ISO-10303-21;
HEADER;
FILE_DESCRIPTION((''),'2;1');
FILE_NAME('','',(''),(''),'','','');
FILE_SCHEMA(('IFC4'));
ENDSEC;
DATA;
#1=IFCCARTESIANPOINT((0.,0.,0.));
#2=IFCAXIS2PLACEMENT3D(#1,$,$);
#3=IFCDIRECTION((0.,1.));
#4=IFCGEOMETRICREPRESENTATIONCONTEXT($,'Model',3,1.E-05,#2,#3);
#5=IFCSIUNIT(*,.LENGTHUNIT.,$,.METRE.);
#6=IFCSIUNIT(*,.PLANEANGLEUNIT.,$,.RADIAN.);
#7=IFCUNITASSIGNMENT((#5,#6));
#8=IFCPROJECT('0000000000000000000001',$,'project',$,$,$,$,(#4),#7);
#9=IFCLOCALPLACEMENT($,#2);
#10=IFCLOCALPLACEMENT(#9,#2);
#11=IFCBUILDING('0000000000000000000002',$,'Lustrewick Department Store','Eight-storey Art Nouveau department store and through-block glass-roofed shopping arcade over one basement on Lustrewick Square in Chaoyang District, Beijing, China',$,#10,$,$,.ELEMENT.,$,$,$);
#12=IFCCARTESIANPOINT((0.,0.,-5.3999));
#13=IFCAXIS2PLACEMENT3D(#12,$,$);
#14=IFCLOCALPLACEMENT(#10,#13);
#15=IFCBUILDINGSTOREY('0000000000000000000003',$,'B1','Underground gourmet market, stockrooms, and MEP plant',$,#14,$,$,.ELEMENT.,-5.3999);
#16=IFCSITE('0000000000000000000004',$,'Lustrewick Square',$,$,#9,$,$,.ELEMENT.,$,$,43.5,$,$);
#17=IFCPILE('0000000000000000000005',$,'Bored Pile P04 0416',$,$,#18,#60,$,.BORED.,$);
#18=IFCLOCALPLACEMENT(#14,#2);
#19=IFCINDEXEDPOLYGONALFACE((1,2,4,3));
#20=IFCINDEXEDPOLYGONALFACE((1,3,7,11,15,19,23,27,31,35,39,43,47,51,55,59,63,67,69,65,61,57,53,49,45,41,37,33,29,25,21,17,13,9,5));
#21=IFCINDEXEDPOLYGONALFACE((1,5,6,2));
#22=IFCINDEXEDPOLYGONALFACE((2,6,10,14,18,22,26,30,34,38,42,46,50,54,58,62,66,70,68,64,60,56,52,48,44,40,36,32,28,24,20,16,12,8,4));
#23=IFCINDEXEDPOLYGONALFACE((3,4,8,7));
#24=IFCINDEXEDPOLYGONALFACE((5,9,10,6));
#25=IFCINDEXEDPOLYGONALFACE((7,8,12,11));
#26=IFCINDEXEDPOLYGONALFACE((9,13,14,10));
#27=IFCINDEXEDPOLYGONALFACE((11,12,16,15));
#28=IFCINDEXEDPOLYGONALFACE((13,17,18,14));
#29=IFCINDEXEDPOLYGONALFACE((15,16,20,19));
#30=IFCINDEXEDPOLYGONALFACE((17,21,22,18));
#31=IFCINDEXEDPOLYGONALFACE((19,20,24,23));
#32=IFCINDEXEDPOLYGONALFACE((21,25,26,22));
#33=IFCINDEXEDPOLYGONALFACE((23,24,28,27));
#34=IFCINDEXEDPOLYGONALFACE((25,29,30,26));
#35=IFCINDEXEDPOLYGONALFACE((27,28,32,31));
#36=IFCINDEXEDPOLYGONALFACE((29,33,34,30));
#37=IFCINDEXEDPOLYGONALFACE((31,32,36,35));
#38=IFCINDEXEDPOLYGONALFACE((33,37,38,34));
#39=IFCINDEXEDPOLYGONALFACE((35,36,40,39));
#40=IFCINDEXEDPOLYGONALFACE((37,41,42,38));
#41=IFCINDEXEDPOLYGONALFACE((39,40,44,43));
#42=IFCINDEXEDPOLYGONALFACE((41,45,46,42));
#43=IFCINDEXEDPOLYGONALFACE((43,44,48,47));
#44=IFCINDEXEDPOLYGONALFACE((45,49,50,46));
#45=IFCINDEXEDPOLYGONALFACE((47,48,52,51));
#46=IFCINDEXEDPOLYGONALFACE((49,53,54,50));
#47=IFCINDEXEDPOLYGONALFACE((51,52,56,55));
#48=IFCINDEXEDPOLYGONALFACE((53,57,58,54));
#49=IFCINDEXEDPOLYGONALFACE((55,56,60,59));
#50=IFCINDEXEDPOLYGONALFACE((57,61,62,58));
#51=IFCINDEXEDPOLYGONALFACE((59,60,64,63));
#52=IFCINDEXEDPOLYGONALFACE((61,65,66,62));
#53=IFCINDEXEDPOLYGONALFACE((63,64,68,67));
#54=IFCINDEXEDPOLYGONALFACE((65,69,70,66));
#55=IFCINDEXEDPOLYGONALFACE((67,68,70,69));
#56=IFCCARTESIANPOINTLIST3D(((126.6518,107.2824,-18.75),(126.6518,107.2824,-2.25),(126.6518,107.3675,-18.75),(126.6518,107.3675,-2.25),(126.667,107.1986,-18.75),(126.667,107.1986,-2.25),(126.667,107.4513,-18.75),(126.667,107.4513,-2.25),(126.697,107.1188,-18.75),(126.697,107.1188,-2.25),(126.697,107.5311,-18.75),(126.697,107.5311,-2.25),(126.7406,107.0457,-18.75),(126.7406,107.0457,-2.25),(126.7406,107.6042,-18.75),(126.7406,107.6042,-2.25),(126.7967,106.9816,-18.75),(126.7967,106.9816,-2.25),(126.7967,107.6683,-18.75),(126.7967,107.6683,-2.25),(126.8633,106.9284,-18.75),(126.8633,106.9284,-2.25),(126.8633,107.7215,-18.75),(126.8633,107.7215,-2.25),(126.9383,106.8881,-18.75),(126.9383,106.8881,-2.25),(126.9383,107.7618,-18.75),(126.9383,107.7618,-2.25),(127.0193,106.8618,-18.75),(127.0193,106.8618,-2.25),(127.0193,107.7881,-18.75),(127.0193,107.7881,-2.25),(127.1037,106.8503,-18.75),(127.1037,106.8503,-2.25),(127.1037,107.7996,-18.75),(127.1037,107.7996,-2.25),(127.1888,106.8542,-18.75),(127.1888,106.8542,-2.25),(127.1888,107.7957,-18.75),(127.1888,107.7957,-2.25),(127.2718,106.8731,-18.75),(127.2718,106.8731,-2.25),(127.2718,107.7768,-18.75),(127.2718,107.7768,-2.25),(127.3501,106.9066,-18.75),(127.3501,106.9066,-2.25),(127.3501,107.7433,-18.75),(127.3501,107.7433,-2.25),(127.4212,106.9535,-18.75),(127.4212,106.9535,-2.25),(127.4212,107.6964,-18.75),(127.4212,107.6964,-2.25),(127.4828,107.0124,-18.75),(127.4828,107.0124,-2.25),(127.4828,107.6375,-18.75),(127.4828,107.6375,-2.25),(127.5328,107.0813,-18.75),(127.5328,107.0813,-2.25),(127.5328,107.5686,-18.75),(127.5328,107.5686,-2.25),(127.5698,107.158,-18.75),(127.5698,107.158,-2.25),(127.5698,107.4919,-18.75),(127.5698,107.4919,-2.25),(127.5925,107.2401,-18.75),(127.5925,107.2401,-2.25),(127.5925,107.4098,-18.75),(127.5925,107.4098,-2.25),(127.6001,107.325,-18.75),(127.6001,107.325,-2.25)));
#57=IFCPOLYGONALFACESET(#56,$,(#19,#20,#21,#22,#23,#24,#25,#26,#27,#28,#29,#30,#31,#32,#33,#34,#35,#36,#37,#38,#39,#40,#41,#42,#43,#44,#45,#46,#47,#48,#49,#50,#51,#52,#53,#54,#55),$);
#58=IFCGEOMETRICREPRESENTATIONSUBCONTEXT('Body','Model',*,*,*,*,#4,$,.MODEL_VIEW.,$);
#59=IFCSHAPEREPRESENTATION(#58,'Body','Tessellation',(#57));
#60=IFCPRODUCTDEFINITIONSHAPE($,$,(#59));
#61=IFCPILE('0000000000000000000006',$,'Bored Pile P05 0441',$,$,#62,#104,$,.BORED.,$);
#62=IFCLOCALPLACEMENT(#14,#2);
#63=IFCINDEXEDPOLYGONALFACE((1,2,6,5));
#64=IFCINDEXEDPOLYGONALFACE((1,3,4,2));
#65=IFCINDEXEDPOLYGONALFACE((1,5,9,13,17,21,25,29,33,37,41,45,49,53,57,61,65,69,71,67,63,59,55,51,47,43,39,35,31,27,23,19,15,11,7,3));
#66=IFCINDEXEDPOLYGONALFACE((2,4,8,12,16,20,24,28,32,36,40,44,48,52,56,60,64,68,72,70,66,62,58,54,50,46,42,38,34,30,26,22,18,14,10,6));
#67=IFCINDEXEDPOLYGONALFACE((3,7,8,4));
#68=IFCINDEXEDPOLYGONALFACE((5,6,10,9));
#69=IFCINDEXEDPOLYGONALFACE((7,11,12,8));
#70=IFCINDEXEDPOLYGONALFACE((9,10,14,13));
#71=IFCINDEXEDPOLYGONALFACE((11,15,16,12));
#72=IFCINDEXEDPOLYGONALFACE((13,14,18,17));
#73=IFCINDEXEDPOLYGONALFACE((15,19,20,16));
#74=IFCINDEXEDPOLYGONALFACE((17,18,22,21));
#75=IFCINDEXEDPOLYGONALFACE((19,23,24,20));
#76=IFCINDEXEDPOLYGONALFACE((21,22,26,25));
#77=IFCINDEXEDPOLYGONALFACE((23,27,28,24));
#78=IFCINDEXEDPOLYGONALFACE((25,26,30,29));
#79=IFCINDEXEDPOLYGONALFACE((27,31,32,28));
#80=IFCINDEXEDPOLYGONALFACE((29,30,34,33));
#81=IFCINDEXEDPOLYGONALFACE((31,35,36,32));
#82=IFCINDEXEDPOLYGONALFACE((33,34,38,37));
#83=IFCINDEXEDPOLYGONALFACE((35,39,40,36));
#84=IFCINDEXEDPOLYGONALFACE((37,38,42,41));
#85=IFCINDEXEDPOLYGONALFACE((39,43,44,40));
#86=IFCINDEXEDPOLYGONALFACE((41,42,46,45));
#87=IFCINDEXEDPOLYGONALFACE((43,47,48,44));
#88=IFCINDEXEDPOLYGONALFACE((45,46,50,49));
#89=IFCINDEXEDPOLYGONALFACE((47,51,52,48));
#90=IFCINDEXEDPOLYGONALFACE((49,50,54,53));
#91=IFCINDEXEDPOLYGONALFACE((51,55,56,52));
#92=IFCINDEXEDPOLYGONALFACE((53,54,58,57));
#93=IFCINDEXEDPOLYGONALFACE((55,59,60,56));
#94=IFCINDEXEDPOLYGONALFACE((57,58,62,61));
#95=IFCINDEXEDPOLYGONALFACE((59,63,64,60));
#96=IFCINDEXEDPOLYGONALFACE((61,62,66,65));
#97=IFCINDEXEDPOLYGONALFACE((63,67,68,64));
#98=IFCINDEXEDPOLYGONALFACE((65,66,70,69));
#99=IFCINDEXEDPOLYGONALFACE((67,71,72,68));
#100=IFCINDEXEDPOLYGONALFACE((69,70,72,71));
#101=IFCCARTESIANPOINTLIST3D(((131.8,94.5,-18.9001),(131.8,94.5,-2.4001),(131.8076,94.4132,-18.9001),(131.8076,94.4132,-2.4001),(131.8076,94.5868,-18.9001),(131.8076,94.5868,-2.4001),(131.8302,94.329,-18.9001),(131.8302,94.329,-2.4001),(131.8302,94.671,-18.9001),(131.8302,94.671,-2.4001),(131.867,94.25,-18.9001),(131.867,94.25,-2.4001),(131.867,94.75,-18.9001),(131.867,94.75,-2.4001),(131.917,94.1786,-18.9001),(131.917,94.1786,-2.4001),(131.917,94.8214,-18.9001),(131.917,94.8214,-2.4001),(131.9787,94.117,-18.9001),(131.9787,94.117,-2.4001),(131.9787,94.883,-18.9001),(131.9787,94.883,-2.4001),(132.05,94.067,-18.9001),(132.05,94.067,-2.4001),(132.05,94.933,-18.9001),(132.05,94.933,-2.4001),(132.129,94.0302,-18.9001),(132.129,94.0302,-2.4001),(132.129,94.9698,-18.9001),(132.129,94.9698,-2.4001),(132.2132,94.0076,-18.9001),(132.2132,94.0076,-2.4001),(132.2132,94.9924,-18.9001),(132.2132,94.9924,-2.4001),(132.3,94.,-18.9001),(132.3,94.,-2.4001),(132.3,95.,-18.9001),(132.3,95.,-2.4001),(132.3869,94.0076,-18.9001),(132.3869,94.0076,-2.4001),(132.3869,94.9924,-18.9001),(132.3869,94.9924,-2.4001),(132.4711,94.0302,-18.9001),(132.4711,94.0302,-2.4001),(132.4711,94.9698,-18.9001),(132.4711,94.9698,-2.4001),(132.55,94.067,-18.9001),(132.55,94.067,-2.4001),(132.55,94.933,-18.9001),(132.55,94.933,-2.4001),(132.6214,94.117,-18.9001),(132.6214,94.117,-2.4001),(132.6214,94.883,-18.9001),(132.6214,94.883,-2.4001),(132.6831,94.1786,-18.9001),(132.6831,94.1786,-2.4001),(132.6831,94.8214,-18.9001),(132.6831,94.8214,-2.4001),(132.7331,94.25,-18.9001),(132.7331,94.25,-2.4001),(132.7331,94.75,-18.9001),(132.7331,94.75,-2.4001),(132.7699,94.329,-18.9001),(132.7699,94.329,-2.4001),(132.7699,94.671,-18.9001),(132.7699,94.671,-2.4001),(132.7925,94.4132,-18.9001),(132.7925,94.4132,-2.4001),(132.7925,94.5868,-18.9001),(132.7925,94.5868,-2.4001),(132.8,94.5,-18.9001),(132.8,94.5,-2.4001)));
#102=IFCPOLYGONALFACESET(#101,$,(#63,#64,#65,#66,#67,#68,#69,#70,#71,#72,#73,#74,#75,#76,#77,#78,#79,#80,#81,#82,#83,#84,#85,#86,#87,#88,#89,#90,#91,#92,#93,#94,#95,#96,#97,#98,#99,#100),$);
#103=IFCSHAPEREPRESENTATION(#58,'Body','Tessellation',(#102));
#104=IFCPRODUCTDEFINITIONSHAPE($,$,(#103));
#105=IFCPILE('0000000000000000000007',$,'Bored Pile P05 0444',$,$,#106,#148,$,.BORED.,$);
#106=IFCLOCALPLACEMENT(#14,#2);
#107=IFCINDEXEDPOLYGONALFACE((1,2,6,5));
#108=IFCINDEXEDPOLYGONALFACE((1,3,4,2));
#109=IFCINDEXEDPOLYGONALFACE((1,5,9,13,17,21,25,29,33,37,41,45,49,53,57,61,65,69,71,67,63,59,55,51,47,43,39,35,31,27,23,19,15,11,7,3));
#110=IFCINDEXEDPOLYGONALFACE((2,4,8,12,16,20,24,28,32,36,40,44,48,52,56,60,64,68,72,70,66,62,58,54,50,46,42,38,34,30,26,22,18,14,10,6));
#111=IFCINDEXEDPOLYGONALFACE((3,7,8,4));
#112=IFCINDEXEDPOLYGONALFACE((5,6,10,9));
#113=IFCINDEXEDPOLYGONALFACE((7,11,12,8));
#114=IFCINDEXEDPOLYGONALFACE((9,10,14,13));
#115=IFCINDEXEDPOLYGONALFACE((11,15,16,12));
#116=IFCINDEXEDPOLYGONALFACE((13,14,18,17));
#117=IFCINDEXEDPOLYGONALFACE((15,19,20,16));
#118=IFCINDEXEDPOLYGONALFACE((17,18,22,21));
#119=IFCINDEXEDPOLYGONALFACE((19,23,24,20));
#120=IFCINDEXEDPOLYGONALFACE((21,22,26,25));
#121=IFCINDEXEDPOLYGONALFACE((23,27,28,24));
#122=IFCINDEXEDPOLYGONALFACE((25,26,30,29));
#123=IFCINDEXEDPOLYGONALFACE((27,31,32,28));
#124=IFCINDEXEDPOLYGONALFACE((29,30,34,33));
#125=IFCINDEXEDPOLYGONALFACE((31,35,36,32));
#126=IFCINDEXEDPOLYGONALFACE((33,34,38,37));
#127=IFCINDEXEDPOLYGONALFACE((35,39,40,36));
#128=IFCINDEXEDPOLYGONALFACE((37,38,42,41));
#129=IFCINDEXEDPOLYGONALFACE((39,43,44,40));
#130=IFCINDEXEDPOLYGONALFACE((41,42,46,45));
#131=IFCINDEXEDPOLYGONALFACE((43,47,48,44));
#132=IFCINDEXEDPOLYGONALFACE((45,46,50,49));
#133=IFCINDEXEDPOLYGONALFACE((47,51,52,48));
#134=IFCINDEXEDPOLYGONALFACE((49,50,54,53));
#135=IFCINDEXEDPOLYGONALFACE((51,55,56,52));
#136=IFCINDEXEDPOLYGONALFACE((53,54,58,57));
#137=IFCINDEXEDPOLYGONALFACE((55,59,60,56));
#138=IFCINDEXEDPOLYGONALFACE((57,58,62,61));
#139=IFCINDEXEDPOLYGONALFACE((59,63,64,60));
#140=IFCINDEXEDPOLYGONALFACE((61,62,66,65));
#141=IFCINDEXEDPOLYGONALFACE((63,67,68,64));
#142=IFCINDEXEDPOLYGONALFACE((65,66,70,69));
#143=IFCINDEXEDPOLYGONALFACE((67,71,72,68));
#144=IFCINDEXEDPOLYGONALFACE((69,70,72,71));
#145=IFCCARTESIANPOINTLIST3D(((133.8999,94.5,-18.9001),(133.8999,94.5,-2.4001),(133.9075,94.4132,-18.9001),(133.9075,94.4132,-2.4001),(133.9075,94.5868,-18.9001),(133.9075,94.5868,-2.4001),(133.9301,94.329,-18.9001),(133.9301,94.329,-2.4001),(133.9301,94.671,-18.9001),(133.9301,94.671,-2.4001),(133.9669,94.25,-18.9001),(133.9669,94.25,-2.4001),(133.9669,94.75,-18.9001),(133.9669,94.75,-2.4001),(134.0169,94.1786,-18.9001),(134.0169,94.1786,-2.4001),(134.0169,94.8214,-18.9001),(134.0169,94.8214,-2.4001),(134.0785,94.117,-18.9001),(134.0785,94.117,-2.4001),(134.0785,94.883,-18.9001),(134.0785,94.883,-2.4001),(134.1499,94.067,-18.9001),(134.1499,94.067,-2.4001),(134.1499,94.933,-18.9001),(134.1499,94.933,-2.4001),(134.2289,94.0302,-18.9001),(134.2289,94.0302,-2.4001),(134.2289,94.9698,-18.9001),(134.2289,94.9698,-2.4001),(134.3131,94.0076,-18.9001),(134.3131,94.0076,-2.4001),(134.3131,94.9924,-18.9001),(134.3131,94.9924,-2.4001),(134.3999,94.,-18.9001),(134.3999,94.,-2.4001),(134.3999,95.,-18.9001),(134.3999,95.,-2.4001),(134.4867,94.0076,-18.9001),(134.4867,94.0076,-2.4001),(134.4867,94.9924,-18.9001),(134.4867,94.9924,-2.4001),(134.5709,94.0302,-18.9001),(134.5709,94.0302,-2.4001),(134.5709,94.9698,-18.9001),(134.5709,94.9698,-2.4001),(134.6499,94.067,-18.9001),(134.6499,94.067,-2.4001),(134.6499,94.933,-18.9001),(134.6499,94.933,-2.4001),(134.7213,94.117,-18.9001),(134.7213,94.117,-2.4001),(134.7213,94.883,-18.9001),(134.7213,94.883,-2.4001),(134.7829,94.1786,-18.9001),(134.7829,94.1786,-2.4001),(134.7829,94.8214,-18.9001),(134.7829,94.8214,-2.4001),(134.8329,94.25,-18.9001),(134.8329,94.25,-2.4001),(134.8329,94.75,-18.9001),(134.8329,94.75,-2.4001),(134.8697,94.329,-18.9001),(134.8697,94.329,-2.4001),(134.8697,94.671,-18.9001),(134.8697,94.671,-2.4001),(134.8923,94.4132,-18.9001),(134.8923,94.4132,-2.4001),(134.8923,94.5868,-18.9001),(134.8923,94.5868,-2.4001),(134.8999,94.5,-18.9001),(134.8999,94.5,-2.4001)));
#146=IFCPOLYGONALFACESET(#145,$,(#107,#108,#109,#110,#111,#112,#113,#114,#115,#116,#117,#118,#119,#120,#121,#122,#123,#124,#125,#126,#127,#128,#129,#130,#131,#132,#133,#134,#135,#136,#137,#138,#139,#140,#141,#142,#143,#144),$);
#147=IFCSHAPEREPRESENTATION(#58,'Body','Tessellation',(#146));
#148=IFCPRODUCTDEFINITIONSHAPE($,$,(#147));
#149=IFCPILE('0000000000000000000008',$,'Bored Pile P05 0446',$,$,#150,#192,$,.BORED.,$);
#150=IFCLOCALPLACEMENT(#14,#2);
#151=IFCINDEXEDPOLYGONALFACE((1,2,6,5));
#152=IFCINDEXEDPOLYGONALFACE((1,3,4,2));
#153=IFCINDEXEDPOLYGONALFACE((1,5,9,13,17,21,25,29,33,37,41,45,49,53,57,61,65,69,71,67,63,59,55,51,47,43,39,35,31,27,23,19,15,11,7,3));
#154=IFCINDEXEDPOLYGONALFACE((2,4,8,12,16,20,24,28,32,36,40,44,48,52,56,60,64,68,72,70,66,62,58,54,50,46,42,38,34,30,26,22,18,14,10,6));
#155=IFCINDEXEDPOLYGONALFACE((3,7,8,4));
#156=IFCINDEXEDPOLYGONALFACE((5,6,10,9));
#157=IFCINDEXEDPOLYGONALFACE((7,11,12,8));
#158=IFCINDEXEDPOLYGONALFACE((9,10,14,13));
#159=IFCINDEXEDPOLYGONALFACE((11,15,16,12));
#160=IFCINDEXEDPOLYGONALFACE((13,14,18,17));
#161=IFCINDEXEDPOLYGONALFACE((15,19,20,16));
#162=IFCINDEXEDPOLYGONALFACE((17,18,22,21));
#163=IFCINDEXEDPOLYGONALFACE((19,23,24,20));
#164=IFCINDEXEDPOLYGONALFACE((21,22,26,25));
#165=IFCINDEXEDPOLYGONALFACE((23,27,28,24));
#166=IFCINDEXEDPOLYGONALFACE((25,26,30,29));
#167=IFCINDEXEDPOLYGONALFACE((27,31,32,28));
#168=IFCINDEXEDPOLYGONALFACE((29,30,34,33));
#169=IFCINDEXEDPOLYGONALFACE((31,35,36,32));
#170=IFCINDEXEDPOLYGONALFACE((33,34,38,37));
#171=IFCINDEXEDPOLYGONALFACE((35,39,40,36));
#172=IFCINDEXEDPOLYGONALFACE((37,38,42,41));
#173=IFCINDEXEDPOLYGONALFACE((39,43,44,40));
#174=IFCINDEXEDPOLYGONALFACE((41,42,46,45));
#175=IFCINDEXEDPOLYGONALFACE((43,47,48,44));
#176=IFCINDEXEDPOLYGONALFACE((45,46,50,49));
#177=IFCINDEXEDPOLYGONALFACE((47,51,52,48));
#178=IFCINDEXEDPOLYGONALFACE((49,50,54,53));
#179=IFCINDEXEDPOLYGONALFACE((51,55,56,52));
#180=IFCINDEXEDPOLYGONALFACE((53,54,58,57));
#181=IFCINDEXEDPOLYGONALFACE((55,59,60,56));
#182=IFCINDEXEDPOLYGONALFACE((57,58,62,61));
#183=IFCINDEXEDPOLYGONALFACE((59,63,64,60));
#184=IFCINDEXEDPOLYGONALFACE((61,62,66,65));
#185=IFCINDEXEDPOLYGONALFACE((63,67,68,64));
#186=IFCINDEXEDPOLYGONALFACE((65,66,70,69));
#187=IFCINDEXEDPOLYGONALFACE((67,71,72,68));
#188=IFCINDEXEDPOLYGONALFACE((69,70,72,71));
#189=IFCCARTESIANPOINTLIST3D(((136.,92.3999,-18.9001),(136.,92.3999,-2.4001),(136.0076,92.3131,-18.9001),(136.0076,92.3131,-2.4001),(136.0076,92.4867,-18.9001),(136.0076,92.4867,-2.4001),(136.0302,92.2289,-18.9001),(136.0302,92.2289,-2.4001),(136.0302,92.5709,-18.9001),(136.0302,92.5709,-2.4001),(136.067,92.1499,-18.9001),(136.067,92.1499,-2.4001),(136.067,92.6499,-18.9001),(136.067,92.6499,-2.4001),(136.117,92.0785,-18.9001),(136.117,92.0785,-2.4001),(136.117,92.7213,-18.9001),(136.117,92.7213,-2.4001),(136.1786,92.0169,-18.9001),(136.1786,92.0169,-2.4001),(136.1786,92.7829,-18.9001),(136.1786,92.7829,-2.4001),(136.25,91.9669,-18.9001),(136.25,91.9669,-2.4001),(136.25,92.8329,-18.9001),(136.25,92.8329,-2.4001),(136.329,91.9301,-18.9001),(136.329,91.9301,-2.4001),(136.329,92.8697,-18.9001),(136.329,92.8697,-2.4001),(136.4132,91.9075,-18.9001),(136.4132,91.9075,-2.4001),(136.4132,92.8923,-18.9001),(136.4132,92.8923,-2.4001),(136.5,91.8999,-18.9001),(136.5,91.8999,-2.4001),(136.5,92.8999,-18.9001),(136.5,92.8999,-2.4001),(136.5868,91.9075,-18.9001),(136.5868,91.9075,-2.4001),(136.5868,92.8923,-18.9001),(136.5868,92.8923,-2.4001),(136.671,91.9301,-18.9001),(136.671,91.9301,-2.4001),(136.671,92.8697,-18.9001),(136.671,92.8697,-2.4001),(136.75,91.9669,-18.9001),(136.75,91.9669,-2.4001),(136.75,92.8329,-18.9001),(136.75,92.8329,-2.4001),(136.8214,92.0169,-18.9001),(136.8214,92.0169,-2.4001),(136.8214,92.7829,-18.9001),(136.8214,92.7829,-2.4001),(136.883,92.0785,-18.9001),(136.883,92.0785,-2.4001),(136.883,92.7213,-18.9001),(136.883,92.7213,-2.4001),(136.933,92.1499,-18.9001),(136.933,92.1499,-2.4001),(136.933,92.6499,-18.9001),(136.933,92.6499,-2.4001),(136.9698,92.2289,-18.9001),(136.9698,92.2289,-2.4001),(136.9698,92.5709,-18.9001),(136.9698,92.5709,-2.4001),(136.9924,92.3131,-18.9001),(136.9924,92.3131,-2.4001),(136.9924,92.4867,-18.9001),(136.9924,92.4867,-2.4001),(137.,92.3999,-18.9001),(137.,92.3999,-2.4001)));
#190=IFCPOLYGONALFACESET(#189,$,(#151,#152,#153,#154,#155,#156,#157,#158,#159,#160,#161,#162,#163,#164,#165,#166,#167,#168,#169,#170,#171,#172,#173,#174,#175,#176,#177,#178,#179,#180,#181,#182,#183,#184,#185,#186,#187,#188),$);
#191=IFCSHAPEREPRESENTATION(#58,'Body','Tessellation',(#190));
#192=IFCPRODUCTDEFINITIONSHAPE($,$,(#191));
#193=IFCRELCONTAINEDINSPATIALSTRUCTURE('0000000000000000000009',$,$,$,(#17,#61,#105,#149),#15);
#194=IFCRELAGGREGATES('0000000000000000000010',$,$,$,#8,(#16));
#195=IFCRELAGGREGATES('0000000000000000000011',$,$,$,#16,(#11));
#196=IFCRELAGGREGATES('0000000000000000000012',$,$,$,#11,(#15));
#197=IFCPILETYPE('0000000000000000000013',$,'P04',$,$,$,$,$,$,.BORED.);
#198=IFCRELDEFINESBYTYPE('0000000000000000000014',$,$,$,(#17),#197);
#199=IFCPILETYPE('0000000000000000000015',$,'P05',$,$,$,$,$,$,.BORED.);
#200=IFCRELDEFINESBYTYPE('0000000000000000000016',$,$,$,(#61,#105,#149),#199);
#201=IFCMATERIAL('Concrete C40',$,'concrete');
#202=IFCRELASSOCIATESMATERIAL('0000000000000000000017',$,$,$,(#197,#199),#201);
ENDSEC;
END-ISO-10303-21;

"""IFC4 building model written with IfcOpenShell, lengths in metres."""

from ifc_helpers import new_model, si_unit, direction, frame, origin, origin_2d, place, context, subcontext, project, spatial, circle, extrude, material, material_profile, profile_set, type_object, element, save


model = new_model("IFC4")

# Units and contexts
model_context = context("Model", 3, precision=1e-05, world=origin(), true_north=direction((0.0, 1.0)))
body_context = subcontext(model_context, "Body", "Model", "MODEL_VIEW")
ifc_project = project(units=[si_unit("LENGTHUNIT", "METRE"), si_unit("PLANEANGLEUNIT", "RADIAN")], contexts=[model_context])

# Site, building, storey
site_placement = place(None, origin())
site = spatial("IfcSite", under=ifc_project, at=site_placement, Name="Lustrewick Square", CompositionType="ELEMENT", RefElevation=43.5)
building_placement = place(site_placement, origin())
building = spatial("IfcBuilding", under=site, at=building_placement, Name="Lustrewick Department Store", Description="Eight-storey Art Nouveau department store and through-block glass-roofed shopping arcade over one basement on Lustrewick Square in Chaoyang District, Beijing, China", CompositionType="ELEMENT")
storey_placement = place(building_placement, frame((0.0, 0.0, -5.3999)))
storey = spatial("IfcBuildingStorey", under=building, at=storey_placement, Name="B1", Description="Underground gourmet market, stockrooms, and MEP plant", CompositionType="ELEMENT", Elevation=-5.3999)

# Piles
ifc_material_1 = material(Name="Concrete C40", Category="concrete")
ifc_material_profile_1 = material_profile(ifc_material_1, circle(Radius=0.4751, at=origin_2d()), Name="PILE D950")
ifc_profile_set_1 = profile_set([ifc_material_profile_1], Name="Concrete C40")
pile_type_1 = type_object("IfcPileType", Name="P04", PredefinedType="BORED", material=ifc_profile_set_1)
pile_1_placement = place(storey_placement, frame((127.125, 107.325, -2.25), z_axis=(0.0, 0.0, -1.0), x_axis=(1.0, 0.0, 0.0)))
element("IfcPile", 1, at=pile_1_placement, inside=storey, type_object=pile_type_1, Name="Bored Pile P04 0416", PredefinedType="BORED", context=body_context, shape_type="SweptSolid", body=[
    extrude(circle(Radius=0.4751, at=origin_2d()), origin(), (0.0, 0.0, 1.0), 16.5),
])
ifc_material_profile_2 = material_profile(ifc_material_1, circle(Radius=0.5, at=origin_2d()), Name="PILE D1000")
ifc_profile_set_2 = profile_set([ifc_material_profile_2], Name="Concrete C40")
pile_type_2 = type_object("IfcPileType", Name="P05", PredefinedType="BORED", material=ifc_profile_set_2)
for number, where, z_axis, x_axis, name in (
    (2, (132.3, 94.5, -2.4001), (0.0, 0.0, -1.0), (1.0, 0.0, 0.0), "Bored Pile P05 0441"),
    (3, (134.3999, 94.5, -2.4001), (0.0, 0.0, -1.0), (1.0, 0.0, 0.0), "Bored Pile P05 0444"),
    (4, (136.5, 92.3999, -2.4001), (0.0, 0.0, -1.0), (1.0, 0.0, 0.0), "Bored Pile P05 0446"),
):
    element("IfcPile", number, at=place(storey_placement, frame(where, z_axis=z_axis, x_axis=x_axis)), inside=storey, type_object=pile_type_2, Name=name, PredefinedType="BORED", context=body_context, shape_type="SweptSolid", body=[
        extrude(circle(Radius=0.5, at=origin_2d()), origin(), (0.0, 0.0, 1.0), 16.5),
    ])

save(model, "model.ifc")
